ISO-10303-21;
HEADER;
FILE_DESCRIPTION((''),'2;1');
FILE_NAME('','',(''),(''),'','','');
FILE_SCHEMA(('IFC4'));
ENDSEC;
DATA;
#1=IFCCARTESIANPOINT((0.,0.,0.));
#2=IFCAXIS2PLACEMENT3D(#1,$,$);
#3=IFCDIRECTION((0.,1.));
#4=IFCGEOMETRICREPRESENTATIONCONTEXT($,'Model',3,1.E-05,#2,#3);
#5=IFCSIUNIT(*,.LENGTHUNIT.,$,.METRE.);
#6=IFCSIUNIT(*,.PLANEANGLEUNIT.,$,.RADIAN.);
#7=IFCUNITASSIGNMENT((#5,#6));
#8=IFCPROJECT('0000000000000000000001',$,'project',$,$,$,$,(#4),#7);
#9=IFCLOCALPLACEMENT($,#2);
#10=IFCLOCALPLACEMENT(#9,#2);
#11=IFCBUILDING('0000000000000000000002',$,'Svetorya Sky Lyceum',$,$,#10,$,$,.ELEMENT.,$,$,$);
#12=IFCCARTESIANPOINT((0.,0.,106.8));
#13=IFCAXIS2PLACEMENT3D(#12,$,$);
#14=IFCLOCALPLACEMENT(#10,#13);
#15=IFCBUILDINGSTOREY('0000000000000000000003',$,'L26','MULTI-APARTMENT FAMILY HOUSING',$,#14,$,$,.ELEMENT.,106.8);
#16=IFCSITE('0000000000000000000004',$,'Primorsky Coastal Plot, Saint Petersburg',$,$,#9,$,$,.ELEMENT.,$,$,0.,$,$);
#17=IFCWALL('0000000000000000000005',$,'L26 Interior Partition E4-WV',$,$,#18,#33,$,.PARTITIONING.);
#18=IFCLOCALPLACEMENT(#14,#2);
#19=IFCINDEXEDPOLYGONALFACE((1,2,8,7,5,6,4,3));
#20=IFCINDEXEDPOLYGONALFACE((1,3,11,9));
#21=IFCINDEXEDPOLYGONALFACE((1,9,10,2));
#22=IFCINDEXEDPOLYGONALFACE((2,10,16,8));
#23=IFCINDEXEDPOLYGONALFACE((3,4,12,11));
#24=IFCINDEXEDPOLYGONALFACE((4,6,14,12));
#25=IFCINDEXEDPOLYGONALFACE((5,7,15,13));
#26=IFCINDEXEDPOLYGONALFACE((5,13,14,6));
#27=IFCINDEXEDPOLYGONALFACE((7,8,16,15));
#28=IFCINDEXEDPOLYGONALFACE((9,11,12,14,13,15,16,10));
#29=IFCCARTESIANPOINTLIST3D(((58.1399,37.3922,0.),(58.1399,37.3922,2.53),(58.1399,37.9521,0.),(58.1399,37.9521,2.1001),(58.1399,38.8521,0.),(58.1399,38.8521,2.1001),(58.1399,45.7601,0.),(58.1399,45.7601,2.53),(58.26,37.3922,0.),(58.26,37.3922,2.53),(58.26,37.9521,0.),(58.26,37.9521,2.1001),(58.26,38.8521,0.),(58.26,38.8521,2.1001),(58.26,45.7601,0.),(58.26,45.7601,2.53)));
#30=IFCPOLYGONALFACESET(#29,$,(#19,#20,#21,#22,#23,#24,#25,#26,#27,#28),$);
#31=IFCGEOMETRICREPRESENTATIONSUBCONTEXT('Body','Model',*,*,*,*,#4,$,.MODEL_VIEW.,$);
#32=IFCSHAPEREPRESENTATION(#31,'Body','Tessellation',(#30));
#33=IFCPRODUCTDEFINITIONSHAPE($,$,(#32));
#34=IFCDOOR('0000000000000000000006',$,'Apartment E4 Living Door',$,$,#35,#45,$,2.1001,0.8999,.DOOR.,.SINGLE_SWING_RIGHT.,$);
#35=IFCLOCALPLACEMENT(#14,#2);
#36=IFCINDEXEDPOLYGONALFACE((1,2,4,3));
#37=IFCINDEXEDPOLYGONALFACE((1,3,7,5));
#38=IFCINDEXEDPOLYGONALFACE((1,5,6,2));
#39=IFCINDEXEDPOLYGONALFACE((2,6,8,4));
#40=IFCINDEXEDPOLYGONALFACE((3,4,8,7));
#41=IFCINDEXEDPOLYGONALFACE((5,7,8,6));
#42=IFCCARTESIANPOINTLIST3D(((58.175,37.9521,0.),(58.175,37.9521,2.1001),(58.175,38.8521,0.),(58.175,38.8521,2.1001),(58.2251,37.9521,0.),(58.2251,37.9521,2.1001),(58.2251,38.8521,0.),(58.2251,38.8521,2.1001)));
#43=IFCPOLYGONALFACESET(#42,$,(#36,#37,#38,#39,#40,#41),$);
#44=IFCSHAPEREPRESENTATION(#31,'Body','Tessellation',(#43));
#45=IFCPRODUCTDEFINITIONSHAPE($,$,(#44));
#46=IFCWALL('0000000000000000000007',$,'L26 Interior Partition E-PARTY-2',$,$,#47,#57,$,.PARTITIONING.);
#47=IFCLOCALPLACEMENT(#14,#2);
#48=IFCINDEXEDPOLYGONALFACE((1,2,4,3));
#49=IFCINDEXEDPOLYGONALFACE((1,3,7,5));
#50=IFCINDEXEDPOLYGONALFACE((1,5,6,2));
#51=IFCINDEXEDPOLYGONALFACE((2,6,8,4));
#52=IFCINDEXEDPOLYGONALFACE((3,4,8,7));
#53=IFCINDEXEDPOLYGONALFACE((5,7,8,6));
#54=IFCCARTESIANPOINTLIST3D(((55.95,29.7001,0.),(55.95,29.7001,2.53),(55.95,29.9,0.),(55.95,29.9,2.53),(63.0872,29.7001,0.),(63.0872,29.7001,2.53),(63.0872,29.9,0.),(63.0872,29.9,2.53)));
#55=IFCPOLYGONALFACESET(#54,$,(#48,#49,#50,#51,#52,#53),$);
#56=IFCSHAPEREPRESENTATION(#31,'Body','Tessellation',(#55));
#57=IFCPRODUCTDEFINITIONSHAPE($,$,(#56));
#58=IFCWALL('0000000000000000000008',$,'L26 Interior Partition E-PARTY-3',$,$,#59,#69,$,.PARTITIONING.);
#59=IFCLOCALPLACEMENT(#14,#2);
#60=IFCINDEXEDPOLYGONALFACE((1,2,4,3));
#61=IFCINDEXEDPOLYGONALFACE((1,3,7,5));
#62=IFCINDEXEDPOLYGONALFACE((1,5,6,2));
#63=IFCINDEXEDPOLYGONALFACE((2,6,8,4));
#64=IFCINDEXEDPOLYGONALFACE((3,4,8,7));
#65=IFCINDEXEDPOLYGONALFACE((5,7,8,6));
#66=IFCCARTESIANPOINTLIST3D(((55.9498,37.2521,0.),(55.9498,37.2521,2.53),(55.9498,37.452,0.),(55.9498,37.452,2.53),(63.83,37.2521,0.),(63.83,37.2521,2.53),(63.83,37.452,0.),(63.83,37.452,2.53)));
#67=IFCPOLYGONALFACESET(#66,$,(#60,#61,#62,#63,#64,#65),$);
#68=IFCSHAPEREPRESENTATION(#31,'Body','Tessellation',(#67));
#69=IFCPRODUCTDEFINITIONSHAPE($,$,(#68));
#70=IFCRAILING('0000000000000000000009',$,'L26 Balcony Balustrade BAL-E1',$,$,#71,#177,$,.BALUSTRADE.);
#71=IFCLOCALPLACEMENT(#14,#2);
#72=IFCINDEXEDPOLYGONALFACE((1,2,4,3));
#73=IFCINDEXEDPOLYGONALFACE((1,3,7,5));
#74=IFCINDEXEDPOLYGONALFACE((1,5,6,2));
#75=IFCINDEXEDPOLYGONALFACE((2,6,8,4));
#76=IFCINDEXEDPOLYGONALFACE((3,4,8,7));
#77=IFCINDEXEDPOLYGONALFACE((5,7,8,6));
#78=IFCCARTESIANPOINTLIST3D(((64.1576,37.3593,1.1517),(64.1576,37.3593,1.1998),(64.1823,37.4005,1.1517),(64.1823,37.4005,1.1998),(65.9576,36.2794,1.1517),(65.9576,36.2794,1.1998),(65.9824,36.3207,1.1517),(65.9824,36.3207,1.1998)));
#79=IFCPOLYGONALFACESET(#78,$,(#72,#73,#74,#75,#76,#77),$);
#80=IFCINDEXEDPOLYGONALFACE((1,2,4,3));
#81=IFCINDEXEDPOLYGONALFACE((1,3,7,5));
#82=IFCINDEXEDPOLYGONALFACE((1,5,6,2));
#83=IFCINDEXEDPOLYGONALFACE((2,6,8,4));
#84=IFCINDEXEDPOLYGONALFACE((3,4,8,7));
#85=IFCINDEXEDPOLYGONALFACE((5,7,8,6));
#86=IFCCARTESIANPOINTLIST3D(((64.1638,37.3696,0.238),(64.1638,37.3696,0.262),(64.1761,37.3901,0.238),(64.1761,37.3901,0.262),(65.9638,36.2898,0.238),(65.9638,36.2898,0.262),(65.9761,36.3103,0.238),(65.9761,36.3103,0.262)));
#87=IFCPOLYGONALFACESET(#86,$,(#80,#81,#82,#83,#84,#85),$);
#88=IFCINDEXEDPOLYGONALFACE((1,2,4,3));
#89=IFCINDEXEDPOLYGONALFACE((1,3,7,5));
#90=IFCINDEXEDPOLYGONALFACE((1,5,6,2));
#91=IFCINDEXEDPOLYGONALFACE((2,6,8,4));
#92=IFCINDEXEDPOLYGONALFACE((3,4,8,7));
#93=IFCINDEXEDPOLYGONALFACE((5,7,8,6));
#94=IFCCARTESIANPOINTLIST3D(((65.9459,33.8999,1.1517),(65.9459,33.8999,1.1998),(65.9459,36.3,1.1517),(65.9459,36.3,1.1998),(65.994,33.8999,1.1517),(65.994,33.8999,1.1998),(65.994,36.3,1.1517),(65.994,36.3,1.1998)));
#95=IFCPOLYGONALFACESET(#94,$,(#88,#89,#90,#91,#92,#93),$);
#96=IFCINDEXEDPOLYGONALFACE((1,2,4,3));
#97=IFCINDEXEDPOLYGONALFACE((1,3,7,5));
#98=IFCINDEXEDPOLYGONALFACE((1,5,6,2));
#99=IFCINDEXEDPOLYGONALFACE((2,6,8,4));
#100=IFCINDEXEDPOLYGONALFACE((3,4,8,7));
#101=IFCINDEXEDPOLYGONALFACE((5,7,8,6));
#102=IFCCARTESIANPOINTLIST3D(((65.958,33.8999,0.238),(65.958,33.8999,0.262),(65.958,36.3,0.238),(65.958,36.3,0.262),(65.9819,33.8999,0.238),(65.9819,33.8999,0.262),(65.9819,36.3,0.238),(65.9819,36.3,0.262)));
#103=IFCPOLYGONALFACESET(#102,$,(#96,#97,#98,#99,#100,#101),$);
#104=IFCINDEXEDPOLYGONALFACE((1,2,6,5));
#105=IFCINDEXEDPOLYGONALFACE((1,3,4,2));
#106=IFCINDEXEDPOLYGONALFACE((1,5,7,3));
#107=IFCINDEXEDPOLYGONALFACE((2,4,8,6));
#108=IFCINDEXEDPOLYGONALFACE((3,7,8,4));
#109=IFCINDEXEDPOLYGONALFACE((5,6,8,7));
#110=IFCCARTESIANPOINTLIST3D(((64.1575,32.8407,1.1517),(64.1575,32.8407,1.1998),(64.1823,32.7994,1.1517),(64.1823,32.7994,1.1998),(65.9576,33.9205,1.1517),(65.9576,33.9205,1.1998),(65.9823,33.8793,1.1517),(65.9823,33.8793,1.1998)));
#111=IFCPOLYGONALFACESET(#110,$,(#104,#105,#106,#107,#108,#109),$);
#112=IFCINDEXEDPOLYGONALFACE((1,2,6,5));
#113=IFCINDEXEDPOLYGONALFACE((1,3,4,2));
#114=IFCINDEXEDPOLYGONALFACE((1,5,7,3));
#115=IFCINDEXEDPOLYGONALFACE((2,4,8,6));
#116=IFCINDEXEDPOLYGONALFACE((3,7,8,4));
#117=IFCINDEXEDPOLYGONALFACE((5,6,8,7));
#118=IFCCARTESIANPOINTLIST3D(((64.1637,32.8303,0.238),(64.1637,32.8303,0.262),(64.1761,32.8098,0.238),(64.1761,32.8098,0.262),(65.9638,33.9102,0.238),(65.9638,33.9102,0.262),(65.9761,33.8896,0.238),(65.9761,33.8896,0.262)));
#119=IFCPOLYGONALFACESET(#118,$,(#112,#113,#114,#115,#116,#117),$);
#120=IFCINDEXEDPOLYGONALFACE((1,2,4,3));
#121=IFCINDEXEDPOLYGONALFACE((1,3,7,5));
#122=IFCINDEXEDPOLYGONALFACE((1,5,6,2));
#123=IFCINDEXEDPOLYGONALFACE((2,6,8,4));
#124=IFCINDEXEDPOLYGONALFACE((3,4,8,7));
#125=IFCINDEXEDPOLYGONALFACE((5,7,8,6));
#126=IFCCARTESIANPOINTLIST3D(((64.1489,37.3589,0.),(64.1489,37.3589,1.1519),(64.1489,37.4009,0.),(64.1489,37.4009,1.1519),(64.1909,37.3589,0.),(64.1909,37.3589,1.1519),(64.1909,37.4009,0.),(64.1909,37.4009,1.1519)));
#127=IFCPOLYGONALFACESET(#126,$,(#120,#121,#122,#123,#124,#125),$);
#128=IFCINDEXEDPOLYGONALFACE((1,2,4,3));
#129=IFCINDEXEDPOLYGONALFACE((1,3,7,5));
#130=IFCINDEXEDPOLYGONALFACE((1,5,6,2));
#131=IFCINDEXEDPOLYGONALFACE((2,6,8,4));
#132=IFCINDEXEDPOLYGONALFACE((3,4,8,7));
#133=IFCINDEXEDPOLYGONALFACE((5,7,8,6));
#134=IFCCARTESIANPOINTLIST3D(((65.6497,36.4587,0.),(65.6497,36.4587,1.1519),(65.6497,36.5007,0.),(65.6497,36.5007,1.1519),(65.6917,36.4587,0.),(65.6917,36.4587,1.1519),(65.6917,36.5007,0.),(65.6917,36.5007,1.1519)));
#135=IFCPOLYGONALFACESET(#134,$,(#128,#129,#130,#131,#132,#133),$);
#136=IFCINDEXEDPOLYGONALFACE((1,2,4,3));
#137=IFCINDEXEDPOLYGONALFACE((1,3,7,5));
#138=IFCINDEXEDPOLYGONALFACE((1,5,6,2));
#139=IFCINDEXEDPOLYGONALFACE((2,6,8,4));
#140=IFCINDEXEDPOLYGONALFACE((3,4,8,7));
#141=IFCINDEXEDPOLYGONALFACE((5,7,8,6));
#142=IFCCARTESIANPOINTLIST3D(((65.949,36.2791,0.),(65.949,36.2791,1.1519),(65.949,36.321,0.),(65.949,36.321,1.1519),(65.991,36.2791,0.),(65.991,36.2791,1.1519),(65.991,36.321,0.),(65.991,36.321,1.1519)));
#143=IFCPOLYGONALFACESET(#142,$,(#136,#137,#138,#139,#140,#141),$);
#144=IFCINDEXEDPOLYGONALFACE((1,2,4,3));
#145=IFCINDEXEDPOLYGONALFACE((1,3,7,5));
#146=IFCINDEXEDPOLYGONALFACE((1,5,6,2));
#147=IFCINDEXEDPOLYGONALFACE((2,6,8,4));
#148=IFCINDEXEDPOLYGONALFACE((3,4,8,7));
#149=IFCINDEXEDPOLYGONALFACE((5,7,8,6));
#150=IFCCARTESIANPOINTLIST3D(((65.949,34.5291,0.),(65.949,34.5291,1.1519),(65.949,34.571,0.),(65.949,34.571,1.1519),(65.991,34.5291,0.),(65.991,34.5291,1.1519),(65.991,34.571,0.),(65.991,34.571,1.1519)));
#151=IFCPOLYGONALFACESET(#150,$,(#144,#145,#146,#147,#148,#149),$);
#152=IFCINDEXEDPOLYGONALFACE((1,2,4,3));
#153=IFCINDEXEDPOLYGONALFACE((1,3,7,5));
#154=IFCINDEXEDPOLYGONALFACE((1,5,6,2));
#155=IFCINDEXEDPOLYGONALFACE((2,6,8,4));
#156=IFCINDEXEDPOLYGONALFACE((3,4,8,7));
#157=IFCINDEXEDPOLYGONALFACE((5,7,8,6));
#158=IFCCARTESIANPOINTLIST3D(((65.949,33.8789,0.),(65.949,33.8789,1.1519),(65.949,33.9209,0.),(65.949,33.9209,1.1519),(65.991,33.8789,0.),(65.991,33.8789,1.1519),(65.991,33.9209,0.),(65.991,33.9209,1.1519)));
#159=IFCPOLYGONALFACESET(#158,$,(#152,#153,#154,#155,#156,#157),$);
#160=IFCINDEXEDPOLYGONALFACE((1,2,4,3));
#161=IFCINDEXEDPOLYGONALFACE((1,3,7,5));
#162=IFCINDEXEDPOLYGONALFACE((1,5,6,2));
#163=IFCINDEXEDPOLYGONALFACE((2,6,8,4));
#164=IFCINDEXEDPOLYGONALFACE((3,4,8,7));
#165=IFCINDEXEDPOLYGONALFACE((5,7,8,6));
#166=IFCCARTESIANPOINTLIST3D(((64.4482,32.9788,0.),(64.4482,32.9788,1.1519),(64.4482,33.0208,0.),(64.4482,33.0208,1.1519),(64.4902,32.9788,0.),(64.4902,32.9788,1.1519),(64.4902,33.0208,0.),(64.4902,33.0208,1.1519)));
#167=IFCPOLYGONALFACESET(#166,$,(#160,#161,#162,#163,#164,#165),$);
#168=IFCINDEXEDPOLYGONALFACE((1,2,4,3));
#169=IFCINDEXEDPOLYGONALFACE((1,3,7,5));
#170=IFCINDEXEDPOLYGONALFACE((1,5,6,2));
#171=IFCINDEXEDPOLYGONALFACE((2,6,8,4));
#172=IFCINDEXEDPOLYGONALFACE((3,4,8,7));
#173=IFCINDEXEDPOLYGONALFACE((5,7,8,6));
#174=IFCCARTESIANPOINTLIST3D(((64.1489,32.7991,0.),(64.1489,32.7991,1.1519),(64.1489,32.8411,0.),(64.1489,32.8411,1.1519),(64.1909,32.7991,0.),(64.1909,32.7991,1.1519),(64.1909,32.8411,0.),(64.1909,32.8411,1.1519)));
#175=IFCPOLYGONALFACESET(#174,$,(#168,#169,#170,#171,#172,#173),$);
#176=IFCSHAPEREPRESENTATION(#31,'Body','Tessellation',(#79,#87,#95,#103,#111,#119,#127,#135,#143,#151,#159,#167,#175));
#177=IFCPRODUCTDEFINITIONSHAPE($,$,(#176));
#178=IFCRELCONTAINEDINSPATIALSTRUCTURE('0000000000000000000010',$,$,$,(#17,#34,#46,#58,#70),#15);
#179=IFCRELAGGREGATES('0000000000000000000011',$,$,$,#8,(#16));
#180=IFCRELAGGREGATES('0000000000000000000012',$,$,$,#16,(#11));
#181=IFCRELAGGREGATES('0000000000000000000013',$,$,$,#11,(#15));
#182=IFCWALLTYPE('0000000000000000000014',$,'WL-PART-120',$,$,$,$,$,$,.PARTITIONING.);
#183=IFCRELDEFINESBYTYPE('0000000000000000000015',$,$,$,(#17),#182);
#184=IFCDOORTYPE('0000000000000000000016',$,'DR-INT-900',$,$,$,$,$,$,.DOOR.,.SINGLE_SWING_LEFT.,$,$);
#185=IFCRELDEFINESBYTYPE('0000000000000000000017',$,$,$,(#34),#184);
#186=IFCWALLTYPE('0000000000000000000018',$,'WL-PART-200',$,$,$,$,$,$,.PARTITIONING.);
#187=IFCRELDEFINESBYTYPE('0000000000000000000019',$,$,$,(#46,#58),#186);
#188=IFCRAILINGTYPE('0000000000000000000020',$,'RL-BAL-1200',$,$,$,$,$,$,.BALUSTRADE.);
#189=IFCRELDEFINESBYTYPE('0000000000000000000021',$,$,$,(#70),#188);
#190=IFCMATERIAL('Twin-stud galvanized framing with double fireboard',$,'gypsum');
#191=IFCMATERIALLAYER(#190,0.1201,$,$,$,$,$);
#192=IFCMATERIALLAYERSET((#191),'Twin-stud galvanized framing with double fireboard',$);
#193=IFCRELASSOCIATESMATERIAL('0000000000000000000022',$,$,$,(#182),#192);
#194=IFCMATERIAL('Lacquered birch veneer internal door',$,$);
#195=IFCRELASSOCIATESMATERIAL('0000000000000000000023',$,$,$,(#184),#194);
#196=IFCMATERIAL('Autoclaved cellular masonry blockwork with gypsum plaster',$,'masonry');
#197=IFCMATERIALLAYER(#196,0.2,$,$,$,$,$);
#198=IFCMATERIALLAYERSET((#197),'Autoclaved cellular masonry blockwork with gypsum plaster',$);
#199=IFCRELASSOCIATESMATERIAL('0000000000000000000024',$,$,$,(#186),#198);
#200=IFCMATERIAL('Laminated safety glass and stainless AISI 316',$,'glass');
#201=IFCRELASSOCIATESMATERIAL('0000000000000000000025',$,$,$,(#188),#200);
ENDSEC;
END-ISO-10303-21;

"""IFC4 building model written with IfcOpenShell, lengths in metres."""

from ifc_helpers import new_model, si_unit, direction, frame, frame_2d, origin, origin_2d, place, context, subcontext, project, spatial, rectangle, extrude, material, layer, layer_set, type_object, element, fill, save


model = new_model("IFC4")

# Units and contexts
model_context = context("Model", 3, precision=1e-05, world=origin(), true_north=direction((0.0, 1.0)))
body_context = subcontext(model_context, "Body", "Model", "MODEL_VIEW")
ifc_project = project(units=[si_unit("LENGTHUNIT", "METRE"), si_unit("PLANEANGLEUNIT", "RADIAN")], contexts=[model_context])

# Site, building, storey
site_placement = place(None, origin())
site = spatial("IfcSite", under=ifc_project, at=site_placement, Name="Primorsky Coastal Plot, Saint Petersburg", CompositionType="ELEMENT", RefElevation=0.0)
building_placement = place(site_placement, origin())
building = spatial("IfcBuilding", under=site, at=building_placement, Name="Svetorya Sky Lyceum", CompositionType="ELEMENT")
storey_placement = place(building_placement, frame((0.0, 0.0, 106.8)))
storey = spatial("IfcBuildingStorey", under=building, at=storey_placement, Name="L26", Description="MULTI-APARTMENT FAMILY HOUSING", CompositionType="ELEMENT", Elevation=106.8)

# Wall, opening, door
ifc_material_1 = material(Name="Twin-stud galvanized framing with double fireboard", Category="gypsum")
ifc_layer_1 = layer(ifc_material_1, 0.1201)
ifc_layer_set_1 = layer_set([ifc_layer_1], Name="Twin-stud galvanized framing with double fireboard")
wall_type_1 = type_object("IfcWallType", Name="WL-PART-120", PredefinedType="PARTITIONING", material=ifc_layer_set_1)
ifc_material_2 = material(Name="Lacquered birch veneer internal door")
door_type_1 = type_object("IfcDoorType", Name="DR-INT-900", OperationType="SINGLE_SWING_LEFT", PredefinedType="DOOR", material=ifc_material_2)
wall_1_placement = place(storey_placement, frame((58.2, 37.3921, 0.0), z_axis=(0.0, 0.0, 1.0), x_axis=(0.0, 1.0, 0.0)))
wall_1 = element("IfcWall", 1, at=wall_1_placement, inside=storey, type_object=wall_type_1, Name="L26 Interior Partition E4-WV", PredefinedType="PARTITIONING", context=body_context, shape_type="SweptSolid", body=[
    extrude(rectangle(XDim=8.3679, YDim=0.1201, at=frame_2d((4.1841, 0.0))), origin(), (0.0, 0.0, 1.0), 2.53),
])
opening_1_placement = place(wall_1_placement, frame((0.5601, 0.0, 0.0)))
opening_1 = element("IfcOpeningElement", 2, at=opening_1_placement, cuts=wall_1, PredefinedType="OPENING", context=body_context, shape_type="SweptSolid", body=[
    extrude(rectangle(XDim=0.8999, YDim=2.1001, at=frame_2d((0.45, 1.05))), frame((0.0, 0.0701, 0.0), z_axis=(0.0, -1.0, 0.0), x_axis=(1.0, 0.0, 0.0)), (0.0, 0.0, 1.0), 0.1401),
])
door_1_placement = place(opening_1_placement, origin())
door_1 = element("IfcDoor", 3, at=door_1_placement, inside=storey, type_object=door_type_1, Name="Apartment E4 Living Door", OperationType="SINGLE_SWING_RIGHT", OverallHeight=2.1001, OverallWidth=0.8999, PredefinedType="DOOR", context=body_context, shape_type="SweptSolid", body=[
    extrude(rectangle(XDim=0.8999, YDim=2.1001, at=frame_2d((0.45, 1.05))), frame((0.0, 0.0249, 0.0), z_axis=(0.0, -1.0, 0.0), x_axis=(1.0, 0.0, 0.0)), (0.0, 0.0, 1.0), 0.05),
])
fill(opening_1, door_1)

# Walls
ifc_material_3 = material(Name="Autoclaved cellular masonry blockwork with gypsum plaster", Category="masonry")
ifc_layer_2 = layer(ifc_material_3, 0.2)
ifc_layer_set_2 = layer_set([ifc_layer_2], Name="Autoclaved cellular masonry blockwork with gypsum plaster")
wall_type_2 = type_object("IfcWallType", Name="WL-PART-200", PredefinedType="PARTITIONING", material=ifc_layer_set_2)
wall_2_placement = place(storey_placement, frame((55.95, 29.8, 0.0), z_axis=(0.0, 0.0, 1.0), x_axis=(1.0, 0.0, 0.0)))
element("IfcWall", 4, at=wall_2_placement, inside=storey, type_object=wall_type_2, Name="L26 Interior Partition E-PARTY-2", PredefinedType="PARTITIONING", context=body_context, shape_type="SweptSolid", body=[
    extrude(rectangle(XDim=7.1372, YDim=0.2, at=frame_2d((3.5686, 0.0))), origin(), (0.0, 0.0, 1.0), 2.53),
])
wall_3_placement = place(storey_placement, frame((55.95, 37.3521, 0.0), z_axis=(0.0, 0.0, 1.0), x_axis=(1.0, 0.0, 0.0)))
element("IfcWall", 5, at=wall_3_placement, inside=storey, type_object=wall_type_2, Name="L26 Interior Partition E-PARTY-3", PredefinedType="PARTITIONING", context=body_context, shape_type="SweptSolid", body=[
    extrude(rectangle(XDim=7.8801, YDim=0.2, at=frame_2d((3.9399, 0.0))), origin(), (0.0, 0.0, 1.0), 2.53),
])

# Railing
ifc_material_4 = material(Name="Laminated safety glass and stainless AISI 316", Category="glass")
railing_type = type_object("IfcRailingType", Name="RL-BAL-1200", PredefinedType="BALUSTRADE", material=ifc_material_4)
railing_placement = place(storey_placement, frame((64.1699, 37.3799, 0.0)))
element("IfcRailing", 6, at=railing_placement, inside=storey, type_object=railing_type, Name="L26 Balcony Balustrade BAL-E1", PredefinedType="BALUSTRADE", context=body_context, shape_type="SweptSolid", body=[
    extrude(rectangle(XDim=0.0481, YDim=0.0481, at=origin_2d()), frame((0.0, 0.0, 1.1758), z_axis=(0.857534, -0.514427, 0.0), x_axis=(0.514427, 0.857534, 0.0)), (0.0, 0.0, 1.0), 2.0991),
    extrude(rectangle(XDim=0.0239, YDim=0.0239, at=origin_2d()), frame((0.0, 0.0, 0.25), z_axis=(0.857534, -0.514427, 0.0), x_axis=(0.514427, 0.857534, 0.0)), (0.0, 0.0, 1.0), 2.0991),
    extrude(rectangle(XDim=0.0481, YDim=0.0481, at=origin_2d()), frame((1.8, -1.0798, 1.1758), z_axis=(0.0, -1.0, 0.0), x_axis=(1.0, 0.0, 0.0)), (0.0, 0.0, 1.0), 2.4001),
    extrude(rectangle(XDim=0.0239, YDim=0.0239, at=origin_2d()), frame((1.8, -1.0798, 0.25), z_axis=(0.0, -1.0, 0.0), x_axis=(1.0, 0.0, 0.0)), (0.0, 0.0, 1.0), 2.4001),
    extrude(rectangle(XDim=0.0481, YDim=0.0481, at=origin_2d()), frame((1.8, -3.48, 1.1758), z_axis=(-0.857534, -0.514427, 0.0), x_axis=(0.514427, -0.857534, 0.0)), (0.0, 0.0, 1.0), 2.0991),
    extrude(rectangle(XDim=0.0239, YDim=0.0239, at=origin_2d()), frame((1.8, -3.48, 0.25), z_axis=(-0.857534, -0.514427, 0.0), x_axis=(0.514427, -0.857534, 0.0)), (0.0, 0.0, 1.0), 2.0991),
    extrude(rectangle(XDim=0.042, YDim=0.042, at=origin_2d()), origin(), (0.0, 0.0, 1.0), 1.1519),
    extrude(rectangle(XDim=0.042, YDim=0.042, at=origin_2d()), frame((1.5007, -0.9001, 0.0)), (0.0, 0.0, 1.0), 1.1519),
    extrude(rectangle(XDim=0.042, YDim=0.042, at=origin_2d()), frame((1.8, -1.0798, 0.0)), (0.0, 0.0, 1.0), 1.1519),
    extrude(rectangle(XDim=0.042, YDim=0.042, at=origin_2d()), frame((1.8, -2.8298, 0.0)), (0.0, 0.0, 1.0), 1.1519),
    extrude(rectangle(XDim=0.042, YDim=0.042, at=origin_2d()), frame((1.8, -3.48, 0.0)), (0.0, 0.0, 1.0), 1.1519),
    extrude(rectangle(XDim=0.042, YDim=0.042, at=origin_2d()), frame((0.2993, -4.3801, 0.0)), (0.0, 0.0, 1.0), 1.1519),
    extrude(rectangle(XDim=0.042, YDim=0.042, at=origin_2d()), frame((0.0, -4.5598, 0.0)), (0.0, 0.0, 1.0), 1.1519),
])

save(model, "model.ifc")
